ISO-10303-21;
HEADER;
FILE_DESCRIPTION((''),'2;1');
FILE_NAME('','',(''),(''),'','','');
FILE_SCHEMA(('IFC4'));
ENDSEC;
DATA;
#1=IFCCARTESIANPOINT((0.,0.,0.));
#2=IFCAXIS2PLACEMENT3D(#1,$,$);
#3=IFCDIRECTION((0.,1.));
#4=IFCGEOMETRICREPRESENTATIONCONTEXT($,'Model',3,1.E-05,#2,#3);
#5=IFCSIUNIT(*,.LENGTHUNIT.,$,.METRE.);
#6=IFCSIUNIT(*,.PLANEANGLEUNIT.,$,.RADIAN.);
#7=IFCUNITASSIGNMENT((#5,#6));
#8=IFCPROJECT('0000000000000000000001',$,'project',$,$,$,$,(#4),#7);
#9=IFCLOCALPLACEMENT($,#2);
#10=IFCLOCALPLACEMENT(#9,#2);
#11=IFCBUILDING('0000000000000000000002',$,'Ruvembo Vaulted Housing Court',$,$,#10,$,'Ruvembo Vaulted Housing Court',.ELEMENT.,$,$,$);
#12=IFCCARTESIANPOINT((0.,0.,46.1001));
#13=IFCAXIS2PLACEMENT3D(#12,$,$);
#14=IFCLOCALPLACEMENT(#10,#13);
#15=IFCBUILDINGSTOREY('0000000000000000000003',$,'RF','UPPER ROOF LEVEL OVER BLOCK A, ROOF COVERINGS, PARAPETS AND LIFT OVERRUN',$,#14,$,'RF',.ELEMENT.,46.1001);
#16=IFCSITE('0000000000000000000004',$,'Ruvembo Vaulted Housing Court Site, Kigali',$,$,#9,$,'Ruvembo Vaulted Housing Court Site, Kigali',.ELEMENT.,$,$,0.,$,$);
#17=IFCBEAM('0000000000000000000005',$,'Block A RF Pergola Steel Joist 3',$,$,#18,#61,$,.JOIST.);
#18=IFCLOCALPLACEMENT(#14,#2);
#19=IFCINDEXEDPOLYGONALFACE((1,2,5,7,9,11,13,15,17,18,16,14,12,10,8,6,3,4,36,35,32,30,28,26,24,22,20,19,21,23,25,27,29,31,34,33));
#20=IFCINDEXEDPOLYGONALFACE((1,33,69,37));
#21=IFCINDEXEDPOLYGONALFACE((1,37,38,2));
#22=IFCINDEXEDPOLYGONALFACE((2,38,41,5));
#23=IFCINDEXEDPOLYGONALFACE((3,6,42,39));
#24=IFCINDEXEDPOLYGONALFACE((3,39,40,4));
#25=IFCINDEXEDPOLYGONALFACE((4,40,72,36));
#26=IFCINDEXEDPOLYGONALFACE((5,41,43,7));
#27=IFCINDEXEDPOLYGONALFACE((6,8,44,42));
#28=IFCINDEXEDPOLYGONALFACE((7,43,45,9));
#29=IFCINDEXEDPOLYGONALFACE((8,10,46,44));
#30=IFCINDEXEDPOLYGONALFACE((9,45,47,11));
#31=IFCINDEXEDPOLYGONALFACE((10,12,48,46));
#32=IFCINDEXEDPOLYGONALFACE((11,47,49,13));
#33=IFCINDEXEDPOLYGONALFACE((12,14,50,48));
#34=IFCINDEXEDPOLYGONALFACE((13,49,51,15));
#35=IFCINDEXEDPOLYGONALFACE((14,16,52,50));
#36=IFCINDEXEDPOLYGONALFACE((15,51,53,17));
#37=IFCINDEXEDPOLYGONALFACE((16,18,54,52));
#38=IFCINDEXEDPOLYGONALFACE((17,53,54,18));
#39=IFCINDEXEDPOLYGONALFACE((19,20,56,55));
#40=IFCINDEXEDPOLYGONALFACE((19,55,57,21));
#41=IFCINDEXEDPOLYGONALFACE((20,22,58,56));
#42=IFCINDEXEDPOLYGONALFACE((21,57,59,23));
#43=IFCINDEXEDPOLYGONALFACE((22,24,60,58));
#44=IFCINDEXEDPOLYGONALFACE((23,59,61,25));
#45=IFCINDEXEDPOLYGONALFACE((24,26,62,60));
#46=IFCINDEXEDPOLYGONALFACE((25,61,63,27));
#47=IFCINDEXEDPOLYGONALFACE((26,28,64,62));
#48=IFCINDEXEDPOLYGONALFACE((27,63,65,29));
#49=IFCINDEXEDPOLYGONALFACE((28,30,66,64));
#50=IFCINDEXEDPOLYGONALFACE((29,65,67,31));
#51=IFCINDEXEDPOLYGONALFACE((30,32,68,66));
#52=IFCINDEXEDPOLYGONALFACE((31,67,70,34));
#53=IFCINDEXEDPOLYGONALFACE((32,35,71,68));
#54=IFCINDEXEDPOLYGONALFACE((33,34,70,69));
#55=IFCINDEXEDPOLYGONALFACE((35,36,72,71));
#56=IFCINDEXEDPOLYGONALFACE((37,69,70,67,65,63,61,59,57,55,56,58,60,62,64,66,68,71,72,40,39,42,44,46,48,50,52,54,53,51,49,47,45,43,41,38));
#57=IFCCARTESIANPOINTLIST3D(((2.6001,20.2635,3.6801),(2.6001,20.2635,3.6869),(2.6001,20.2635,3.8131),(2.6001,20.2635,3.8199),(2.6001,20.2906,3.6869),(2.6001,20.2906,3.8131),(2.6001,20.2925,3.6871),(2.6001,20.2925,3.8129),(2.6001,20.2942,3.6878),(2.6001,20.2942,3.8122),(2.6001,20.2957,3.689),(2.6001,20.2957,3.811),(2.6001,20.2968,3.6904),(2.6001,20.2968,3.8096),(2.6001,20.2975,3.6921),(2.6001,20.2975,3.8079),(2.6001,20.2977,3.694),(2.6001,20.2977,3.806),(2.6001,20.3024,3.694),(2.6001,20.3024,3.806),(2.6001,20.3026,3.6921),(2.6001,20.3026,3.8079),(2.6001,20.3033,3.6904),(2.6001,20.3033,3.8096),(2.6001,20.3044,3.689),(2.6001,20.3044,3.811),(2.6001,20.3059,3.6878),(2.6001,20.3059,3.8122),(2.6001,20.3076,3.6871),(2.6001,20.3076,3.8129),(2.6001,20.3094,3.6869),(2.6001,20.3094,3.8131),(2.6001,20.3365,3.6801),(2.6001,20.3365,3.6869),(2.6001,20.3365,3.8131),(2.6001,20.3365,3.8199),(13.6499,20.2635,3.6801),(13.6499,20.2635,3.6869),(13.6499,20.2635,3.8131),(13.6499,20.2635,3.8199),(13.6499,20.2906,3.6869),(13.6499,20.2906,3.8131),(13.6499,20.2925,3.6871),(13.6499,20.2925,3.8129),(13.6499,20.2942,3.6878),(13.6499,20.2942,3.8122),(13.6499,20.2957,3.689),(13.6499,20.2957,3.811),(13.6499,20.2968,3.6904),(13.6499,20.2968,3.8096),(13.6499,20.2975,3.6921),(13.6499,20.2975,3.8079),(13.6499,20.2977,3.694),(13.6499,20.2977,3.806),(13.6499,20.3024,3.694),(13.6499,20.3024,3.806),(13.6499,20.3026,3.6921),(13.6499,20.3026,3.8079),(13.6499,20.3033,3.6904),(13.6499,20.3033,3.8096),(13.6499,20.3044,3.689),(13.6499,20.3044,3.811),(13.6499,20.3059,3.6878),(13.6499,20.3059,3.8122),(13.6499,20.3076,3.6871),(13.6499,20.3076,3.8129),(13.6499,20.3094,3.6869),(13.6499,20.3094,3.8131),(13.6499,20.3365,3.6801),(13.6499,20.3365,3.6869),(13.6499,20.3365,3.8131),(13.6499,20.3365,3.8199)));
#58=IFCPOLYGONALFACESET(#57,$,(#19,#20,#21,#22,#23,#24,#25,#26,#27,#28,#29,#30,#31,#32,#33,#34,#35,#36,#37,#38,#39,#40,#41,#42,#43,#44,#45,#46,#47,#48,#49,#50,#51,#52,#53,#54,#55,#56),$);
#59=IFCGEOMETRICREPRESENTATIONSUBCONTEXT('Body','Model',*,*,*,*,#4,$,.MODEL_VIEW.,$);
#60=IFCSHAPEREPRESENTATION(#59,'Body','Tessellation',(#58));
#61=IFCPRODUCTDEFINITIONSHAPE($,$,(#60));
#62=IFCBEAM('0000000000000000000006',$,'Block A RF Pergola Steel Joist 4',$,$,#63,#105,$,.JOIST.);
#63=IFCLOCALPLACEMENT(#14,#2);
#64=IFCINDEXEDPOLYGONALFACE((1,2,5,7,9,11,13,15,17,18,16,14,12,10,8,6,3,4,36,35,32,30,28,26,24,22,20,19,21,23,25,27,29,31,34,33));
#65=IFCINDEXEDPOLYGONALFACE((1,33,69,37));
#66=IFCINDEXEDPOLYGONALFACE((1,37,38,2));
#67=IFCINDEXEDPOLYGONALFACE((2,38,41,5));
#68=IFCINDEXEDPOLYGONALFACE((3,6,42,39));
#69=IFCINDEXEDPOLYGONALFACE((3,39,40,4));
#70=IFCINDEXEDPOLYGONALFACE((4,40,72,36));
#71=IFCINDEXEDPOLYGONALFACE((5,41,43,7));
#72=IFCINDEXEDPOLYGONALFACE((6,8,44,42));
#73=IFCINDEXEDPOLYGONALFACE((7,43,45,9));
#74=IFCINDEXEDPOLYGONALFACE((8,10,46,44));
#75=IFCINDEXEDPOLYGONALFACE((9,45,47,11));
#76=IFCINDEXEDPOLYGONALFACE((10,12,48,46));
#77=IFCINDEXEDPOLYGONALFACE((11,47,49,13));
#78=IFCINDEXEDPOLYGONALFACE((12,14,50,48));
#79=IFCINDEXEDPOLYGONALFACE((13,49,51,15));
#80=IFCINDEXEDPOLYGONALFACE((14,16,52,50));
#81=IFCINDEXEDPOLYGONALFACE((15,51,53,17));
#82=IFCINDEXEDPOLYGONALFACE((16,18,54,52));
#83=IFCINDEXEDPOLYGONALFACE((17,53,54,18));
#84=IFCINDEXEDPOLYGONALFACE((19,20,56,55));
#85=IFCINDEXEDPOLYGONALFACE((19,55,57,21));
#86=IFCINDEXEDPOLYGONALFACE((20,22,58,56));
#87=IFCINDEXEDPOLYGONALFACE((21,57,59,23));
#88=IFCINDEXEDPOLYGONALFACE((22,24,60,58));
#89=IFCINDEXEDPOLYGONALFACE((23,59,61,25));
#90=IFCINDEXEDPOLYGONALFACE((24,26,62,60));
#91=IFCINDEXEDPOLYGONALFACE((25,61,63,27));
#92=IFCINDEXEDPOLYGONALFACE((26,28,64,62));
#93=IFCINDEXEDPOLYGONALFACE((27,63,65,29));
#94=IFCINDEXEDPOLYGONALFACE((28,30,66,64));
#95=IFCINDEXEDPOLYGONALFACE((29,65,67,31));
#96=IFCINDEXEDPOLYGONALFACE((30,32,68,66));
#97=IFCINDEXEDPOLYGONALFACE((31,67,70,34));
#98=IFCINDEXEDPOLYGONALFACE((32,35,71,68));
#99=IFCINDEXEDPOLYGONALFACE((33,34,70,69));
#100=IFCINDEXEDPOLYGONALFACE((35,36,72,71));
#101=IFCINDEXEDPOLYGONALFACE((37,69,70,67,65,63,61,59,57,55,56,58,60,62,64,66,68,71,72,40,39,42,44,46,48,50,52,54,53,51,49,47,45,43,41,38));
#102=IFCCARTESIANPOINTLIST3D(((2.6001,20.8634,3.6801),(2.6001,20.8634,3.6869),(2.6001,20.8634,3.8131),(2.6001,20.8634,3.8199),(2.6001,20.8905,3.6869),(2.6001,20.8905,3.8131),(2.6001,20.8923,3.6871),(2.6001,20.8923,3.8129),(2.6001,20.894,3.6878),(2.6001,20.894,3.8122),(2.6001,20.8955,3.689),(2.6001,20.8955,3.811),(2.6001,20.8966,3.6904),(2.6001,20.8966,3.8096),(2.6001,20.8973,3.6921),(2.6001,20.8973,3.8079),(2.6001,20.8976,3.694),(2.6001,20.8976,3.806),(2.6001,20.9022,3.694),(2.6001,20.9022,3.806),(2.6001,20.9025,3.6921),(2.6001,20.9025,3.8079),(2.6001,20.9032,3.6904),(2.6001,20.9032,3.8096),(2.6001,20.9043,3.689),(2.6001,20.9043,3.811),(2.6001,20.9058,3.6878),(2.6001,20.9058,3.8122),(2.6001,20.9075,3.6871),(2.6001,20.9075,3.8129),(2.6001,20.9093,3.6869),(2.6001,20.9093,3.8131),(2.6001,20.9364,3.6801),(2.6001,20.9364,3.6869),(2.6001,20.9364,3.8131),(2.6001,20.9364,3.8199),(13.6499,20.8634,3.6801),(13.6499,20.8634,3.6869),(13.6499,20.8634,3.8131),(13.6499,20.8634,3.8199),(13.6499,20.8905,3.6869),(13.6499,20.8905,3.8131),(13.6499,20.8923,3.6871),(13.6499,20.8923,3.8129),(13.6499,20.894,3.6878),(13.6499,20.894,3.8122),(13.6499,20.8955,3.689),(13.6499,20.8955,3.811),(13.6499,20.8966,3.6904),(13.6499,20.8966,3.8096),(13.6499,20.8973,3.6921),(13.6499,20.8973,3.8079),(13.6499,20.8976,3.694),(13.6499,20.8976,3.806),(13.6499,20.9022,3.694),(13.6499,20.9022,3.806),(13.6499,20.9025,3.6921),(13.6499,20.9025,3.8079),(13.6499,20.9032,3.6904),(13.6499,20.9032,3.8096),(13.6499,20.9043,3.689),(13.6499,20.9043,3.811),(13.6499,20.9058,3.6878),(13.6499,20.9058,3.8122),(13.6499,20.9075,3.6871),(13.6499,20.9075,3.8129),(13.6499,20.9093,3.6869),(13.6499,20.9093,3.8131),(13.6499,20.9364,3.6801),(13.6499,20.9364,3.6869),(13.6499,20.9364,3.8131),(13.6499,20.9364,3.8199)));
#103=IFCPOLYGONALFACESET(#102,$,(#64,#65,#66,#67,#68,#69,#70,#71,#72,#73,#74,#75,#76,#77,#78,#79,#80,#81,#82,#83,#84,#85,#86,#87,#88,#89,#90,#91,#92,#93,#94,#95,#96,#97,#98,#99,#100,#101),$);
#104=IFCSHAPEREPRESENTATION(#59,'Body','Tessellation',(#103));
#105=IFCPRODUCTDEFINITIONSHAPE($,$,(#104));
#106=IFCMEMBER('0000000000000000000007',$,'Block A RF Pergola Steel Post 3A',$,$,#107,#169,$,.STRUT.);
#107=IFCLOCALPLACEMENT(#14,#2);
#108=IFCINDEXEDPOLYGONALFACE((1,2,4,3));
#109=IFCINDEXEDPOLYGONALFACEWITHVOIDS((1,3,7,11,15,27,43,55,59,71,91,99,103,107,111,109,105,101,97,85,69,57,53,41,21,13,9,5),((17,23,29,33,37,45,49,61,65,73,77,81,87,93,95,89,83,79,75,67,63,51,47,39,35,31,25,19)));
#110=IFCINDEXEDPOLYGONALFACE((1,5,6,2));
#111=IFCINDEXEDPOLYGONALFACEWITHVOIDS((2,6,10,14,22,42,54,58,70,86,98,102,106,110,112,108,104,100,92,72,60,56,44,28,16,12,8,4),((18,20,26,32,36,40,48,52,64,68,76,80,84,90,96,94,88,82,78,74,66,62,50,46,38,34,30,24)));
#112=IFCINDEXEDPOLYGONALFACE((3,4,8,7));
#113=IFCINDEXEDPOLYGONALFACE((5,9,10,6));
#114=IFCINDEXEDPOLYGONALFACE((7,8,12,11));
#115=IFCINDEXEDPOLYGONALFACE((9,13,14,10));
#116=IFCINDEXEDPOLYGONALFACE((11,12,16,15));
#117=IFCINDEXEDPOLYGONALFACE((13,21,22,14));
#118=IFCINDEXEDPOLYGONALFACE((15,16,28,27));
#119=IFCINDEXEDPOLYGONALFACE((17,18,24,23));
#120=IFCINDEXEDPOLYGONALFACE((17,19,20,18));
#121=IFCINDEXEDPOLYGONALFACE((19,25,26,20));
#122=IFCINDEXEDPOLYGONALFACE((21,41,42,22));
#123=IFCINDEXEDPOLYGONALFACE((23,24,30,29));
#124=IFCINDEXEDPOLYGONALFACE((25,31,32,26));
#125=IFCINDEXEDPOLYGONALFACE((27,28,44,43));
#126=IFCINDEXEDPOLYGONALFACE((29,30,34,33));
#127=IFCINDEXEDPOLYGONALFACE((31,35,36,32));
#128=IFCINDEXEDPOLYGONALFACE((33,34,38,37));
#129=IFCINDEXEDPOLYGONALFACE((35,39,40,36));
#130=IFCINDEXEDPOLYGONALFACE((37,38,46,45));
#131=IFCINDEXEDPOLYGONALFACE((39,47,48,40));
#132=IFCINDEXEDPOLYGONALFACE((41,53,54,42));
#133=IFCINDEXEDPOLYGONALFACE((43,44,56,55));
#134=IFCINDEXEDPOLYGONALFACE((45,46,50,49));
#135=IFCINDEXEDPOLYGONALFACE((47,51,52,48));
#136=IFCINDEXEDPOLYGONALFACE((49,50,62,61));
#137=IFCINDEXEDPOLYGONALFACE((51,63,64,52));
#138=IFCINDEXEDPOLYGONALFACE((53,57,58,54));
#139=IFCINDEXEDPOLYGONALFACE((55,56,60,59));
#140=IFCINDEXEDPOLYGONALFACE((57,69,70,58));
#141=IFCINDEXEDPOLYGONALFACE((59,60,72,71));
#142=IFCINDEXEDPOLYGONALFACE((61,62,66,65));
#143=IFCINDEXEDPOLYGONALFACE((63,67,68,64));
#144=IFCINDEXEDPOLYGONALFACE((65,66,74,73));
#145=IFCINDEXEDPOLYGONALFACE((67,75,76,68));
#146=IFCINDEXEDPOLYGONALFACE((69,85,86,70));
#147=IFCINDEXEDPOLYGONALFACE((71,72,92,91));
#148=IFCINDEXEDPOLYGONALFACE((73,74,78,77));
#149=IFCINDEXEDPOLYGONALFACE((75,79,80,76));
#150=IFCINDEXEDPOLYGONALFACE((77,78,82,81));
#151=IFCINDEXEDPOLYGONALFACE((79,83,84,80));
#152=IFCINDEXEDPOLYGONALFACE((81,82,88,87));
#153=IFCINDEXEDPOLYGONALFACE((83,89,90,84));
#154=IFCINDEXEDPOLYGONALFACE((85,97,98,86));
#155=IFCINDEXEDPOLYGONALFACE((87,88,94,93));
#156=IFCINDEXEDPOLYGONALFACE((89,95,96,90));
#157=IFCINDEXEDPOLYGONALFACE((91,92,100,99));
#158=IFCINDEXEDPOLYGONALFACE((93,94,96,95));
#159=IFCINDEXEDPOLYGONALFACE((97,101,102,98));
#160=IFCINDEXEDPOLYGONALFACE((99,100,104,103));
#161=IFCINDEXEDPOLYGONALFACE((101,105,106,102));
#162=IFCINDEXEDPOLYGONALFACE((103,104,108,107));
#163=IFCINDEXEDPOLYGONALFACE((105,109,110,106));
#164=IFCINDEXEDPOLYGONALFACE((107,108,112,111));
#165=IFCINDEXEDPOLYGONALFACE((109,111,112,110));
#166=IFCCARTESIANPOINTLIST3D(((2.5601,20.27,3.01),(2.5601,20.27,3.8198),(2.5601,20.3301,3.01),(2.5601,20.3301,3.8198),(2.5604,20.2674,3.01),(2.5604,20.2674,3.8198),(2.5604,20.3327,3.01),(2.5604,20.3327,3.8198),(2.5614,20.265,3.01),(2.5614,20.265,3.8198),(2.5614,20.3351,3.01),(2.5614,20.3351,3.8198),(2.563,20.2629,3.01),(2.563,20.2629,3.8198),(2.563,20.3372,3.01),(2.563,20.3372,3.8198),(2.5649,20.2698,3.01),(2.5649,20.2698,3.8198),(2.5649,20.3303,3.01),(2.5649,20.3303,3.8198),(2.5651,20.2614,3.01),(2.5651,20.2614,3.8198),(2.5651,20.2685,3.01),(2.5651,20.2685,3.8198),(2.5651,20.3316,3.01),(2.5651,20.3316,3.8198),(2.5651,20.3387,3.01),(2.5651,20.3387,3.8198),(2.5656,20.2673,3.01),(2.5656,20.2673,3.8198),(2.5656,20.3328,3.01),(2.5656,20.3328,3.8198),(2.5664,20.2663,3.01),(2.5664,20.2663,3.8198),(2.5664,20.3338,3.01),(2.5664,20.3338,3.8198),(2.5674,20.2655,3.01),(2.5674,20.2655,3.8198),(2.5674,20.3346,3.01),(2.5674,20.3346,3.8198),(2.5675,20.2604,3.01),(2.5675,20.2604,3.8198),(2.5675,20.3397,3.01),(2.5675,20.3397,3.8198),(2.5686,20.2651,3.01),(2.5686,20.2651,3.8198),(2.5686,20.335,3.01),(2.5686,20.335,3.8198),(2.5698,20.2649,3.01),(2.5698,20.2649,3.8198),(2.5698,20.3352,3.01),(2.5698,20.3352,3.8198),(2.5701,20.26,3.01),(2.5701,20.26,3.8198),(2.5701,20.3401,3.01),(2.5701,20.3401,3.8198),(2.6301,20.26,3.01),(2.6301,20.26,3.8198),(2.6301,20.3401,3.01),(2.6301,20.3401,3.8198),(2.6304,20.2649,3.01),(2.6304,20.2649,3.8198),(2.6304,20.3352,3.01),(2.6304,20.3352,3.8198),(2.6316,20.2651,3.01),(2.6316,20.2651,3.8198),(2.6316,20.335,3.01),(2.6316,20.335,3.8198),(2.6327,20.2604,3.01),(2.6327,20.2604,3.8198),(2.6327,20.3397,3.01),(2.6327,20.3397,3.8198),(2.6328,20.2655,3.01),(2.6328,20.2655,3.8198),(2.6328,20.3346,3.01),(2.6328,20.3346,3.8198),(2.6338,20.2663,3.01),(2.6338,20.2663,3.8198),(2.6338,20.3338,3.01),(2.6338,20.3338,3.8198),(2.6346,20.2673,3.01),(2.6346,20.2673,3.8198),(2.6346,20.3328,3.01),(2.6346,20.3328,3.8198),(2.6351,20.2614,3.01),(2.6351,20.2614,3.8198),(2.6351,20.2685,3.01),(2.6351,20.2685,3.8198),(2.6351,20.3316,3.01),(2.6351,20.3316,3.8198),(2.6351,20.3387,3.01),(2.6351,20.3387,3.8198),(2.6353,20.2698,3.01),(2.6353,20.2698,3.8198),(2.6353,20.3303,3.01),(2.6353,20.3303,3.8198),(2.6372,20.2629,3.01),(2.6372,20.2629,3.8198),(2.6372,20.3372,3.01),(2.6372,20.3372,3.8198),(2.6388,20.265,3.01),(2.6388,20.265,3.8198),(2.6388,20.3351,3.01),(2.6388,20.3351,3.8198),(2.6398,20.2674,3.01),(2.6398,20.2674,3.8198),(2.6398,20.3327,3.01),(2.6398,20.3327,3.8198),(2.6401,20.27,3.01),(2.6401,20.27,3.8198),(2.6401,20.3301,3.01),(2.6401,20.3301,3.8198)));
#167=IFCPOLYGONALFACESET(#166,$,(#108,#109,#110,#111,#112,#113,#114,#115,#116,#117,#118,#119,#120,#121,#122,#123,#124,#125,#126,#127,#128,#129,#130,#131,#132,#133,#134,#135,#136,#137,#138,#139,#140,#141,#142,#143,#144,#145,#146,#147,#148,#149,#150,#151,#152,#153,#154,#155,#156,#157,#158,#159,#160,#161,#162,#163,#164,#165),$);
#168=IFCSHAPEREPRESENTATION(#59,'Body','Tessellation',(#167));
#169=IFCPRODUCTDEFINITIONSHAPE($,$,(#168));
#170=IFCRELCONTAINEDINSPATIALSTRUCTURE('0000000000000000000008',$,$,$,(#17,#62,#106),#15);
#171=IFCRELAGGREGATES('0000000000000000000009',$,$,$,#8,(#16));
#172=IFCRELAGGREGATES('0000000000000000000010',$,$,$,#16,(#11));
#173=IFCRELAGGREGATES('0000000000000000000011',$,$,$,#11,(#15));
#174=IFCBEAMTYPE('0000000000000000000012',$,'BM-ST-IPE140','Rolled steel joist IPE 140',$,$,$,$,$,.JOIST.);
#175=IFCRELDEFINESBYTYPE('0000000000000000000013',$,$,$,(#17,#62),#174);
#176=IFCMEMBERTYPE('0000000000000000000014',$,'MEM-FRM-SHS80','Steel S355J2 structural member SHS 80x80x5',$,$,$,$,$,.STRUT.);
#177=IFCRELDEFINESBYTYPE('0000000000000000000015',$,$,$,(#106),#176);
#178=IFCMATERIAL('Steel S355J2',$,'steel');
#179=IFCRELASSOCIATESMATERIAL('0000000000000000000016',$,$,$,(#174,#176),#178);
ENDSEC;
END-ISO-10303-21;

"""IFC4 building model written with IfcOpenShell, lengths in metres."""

from ifc_helpers import new_model, si_unit, direction, frame, origin, origin_2d, place, context, subcontext, project, spatial, hollow_rectangle, i_section, extrude, material, material_profile, profile_set, type_object, element, save


model = new_model("IFC4")

# Units and contexts
model_context = context("Model", 3, precision=1e-05, world=origin(), true_north=direction((0.0, 1.0)))
body_context = subcontext(model_context, "Body", "Model", "MODEL_VIEW")
ifc_project = project(units=[si_unit("LENGTHUNIT", "METRE"), si_unit("PLANEANGLEUNIT", "RADIAN")], contexts=[model_context])

# Site, building, storey
site_placement = place(None, origin())
site = spatial("IfcSite", under=ifc_project, at=site_placement, Name="Ruvembo Vaulted Housing Court Site, Kigali", LongName="Ruvembo Vaulted Housing Court Site, Kigali", CompositionType="ELEMENT", RefElevation=0.0)
building_placement = place(site_placement, origin())
building = spatial("IfcBuilding", under=site, at=building_placement, Name="Ruvembo Vaulted Housing Court", LongName="Ruvembo Vaulted Housing Court", CompositionType="ELEMENT")
storey_placement = place(building_placement, frame((0.0, 0.0, 46.1001)))
storey = spatial("IfcBuildingStorey", under=building, at=storey_placement, Name="RF", Description="UPPER ROOF LEVEL OVER BLOCK A, ROOF COVERINGS, PARAPETS AND LIFT OVERRUN", LongName="RF", CompositionType="ELEMENT", Elevation=46.1001)

# Beams
ifc_material_1 = material(Name="Steel S355J2", Category="steel")
ifc_material_profile_1 = material_profile(ifc_material_1, i_section(OverallWidth=0.073, OverallDepth=0.1399, WebThickness=0.0046, FlangeThickness=0.0068, FilletRadius=0.0071, at=origin_2d()), Name="IPE 140")
ifc_profile_set_1 = profile_set([ifc_material_profile_1], Name="Steel S355J2")
beam_type = type_object("IfcBeamType", Name="BM-ST-IPE140", Description="Rolled steel joist IPE 140", PredefinedType="JOIST", material=ifc_profile_set_1)
for number, where, z_axis, x_axis, name in (
    (1, (2.6001, 20.3, 3.75), (1.0, 0.0, 0.0), (0.0, 1.0, 0.0), "Block A RF Pergola Steel Joist 3"),
    (2, (2.6001, 20.8999, 3.75), (1.0, 0.0, 0.0), (0.0, 1.0, 0.0), "Block A RF Pergola Steel Joist 4"),
):
    element("IfcBeam", number, at=place(storey_placement, frame(where, z_axis=z_axis, x_axis=x_axis)), inside=storey, type_object=beam_type, Name=name, PredefinedType="JOIST", context=body_context, shape_type="SweptSolid", body=[
        extrude(i_section(OverallWidth=0.073, OverallDepth=0.1399, WebThickness=0.0046, FlangeThickness=0.0068, FilletRadius=0.0071, at=origin_2d()), origin(), (0.0, 0.0, 1.0), 11.0498),
    ])

# Member
ifc_material_profile_2 = material_profile(ifc_material_1, hollow_rectangle(XDim=0.0801, YDim=0.0801, WallThickness=0.0049, InnerFilletRadius=0.0049, OuterFilletRadius=0.01, at=origin_2d()), Name="SHS 80x80x5")
ifc_profile_set_2 = profile_set([ifc_material_profile_2], Name="Steel S355J2")
member_type = type_object("IfcMemberType", Name="MEM-FRM-SHS80", Description="Steel S355J2 structural member SHS 80x80x5", PredefinedType="STRUT", material=ifc_profile_set_2)
member_1_placement = place(storey_placement, frame((2.6001, 20.3, 3.01), z_axis=(0.0, 0.0, 1.0), x_axis=(1.0, 0.0, 0.0)))
element("IfcMember", 3, at=member_1_placement, inside=storey, type_object=member_type, Name="Block A RF Pergola Steel Post 3A", PredefinedType="STRUT", context=body_context, shape_type="SweptSolid", body=[
    extrude(hollow_rectangle(XDim=0.0801, YDim=0.0801, WallThickness=0.0049, InnerFilletRadius=0.0049, OuterFilletRadius=0.01, at=origin_2d()), origin(), (0.0, 0.0, 1.0), 0.8098),
])

save(model, "model.ifc")
